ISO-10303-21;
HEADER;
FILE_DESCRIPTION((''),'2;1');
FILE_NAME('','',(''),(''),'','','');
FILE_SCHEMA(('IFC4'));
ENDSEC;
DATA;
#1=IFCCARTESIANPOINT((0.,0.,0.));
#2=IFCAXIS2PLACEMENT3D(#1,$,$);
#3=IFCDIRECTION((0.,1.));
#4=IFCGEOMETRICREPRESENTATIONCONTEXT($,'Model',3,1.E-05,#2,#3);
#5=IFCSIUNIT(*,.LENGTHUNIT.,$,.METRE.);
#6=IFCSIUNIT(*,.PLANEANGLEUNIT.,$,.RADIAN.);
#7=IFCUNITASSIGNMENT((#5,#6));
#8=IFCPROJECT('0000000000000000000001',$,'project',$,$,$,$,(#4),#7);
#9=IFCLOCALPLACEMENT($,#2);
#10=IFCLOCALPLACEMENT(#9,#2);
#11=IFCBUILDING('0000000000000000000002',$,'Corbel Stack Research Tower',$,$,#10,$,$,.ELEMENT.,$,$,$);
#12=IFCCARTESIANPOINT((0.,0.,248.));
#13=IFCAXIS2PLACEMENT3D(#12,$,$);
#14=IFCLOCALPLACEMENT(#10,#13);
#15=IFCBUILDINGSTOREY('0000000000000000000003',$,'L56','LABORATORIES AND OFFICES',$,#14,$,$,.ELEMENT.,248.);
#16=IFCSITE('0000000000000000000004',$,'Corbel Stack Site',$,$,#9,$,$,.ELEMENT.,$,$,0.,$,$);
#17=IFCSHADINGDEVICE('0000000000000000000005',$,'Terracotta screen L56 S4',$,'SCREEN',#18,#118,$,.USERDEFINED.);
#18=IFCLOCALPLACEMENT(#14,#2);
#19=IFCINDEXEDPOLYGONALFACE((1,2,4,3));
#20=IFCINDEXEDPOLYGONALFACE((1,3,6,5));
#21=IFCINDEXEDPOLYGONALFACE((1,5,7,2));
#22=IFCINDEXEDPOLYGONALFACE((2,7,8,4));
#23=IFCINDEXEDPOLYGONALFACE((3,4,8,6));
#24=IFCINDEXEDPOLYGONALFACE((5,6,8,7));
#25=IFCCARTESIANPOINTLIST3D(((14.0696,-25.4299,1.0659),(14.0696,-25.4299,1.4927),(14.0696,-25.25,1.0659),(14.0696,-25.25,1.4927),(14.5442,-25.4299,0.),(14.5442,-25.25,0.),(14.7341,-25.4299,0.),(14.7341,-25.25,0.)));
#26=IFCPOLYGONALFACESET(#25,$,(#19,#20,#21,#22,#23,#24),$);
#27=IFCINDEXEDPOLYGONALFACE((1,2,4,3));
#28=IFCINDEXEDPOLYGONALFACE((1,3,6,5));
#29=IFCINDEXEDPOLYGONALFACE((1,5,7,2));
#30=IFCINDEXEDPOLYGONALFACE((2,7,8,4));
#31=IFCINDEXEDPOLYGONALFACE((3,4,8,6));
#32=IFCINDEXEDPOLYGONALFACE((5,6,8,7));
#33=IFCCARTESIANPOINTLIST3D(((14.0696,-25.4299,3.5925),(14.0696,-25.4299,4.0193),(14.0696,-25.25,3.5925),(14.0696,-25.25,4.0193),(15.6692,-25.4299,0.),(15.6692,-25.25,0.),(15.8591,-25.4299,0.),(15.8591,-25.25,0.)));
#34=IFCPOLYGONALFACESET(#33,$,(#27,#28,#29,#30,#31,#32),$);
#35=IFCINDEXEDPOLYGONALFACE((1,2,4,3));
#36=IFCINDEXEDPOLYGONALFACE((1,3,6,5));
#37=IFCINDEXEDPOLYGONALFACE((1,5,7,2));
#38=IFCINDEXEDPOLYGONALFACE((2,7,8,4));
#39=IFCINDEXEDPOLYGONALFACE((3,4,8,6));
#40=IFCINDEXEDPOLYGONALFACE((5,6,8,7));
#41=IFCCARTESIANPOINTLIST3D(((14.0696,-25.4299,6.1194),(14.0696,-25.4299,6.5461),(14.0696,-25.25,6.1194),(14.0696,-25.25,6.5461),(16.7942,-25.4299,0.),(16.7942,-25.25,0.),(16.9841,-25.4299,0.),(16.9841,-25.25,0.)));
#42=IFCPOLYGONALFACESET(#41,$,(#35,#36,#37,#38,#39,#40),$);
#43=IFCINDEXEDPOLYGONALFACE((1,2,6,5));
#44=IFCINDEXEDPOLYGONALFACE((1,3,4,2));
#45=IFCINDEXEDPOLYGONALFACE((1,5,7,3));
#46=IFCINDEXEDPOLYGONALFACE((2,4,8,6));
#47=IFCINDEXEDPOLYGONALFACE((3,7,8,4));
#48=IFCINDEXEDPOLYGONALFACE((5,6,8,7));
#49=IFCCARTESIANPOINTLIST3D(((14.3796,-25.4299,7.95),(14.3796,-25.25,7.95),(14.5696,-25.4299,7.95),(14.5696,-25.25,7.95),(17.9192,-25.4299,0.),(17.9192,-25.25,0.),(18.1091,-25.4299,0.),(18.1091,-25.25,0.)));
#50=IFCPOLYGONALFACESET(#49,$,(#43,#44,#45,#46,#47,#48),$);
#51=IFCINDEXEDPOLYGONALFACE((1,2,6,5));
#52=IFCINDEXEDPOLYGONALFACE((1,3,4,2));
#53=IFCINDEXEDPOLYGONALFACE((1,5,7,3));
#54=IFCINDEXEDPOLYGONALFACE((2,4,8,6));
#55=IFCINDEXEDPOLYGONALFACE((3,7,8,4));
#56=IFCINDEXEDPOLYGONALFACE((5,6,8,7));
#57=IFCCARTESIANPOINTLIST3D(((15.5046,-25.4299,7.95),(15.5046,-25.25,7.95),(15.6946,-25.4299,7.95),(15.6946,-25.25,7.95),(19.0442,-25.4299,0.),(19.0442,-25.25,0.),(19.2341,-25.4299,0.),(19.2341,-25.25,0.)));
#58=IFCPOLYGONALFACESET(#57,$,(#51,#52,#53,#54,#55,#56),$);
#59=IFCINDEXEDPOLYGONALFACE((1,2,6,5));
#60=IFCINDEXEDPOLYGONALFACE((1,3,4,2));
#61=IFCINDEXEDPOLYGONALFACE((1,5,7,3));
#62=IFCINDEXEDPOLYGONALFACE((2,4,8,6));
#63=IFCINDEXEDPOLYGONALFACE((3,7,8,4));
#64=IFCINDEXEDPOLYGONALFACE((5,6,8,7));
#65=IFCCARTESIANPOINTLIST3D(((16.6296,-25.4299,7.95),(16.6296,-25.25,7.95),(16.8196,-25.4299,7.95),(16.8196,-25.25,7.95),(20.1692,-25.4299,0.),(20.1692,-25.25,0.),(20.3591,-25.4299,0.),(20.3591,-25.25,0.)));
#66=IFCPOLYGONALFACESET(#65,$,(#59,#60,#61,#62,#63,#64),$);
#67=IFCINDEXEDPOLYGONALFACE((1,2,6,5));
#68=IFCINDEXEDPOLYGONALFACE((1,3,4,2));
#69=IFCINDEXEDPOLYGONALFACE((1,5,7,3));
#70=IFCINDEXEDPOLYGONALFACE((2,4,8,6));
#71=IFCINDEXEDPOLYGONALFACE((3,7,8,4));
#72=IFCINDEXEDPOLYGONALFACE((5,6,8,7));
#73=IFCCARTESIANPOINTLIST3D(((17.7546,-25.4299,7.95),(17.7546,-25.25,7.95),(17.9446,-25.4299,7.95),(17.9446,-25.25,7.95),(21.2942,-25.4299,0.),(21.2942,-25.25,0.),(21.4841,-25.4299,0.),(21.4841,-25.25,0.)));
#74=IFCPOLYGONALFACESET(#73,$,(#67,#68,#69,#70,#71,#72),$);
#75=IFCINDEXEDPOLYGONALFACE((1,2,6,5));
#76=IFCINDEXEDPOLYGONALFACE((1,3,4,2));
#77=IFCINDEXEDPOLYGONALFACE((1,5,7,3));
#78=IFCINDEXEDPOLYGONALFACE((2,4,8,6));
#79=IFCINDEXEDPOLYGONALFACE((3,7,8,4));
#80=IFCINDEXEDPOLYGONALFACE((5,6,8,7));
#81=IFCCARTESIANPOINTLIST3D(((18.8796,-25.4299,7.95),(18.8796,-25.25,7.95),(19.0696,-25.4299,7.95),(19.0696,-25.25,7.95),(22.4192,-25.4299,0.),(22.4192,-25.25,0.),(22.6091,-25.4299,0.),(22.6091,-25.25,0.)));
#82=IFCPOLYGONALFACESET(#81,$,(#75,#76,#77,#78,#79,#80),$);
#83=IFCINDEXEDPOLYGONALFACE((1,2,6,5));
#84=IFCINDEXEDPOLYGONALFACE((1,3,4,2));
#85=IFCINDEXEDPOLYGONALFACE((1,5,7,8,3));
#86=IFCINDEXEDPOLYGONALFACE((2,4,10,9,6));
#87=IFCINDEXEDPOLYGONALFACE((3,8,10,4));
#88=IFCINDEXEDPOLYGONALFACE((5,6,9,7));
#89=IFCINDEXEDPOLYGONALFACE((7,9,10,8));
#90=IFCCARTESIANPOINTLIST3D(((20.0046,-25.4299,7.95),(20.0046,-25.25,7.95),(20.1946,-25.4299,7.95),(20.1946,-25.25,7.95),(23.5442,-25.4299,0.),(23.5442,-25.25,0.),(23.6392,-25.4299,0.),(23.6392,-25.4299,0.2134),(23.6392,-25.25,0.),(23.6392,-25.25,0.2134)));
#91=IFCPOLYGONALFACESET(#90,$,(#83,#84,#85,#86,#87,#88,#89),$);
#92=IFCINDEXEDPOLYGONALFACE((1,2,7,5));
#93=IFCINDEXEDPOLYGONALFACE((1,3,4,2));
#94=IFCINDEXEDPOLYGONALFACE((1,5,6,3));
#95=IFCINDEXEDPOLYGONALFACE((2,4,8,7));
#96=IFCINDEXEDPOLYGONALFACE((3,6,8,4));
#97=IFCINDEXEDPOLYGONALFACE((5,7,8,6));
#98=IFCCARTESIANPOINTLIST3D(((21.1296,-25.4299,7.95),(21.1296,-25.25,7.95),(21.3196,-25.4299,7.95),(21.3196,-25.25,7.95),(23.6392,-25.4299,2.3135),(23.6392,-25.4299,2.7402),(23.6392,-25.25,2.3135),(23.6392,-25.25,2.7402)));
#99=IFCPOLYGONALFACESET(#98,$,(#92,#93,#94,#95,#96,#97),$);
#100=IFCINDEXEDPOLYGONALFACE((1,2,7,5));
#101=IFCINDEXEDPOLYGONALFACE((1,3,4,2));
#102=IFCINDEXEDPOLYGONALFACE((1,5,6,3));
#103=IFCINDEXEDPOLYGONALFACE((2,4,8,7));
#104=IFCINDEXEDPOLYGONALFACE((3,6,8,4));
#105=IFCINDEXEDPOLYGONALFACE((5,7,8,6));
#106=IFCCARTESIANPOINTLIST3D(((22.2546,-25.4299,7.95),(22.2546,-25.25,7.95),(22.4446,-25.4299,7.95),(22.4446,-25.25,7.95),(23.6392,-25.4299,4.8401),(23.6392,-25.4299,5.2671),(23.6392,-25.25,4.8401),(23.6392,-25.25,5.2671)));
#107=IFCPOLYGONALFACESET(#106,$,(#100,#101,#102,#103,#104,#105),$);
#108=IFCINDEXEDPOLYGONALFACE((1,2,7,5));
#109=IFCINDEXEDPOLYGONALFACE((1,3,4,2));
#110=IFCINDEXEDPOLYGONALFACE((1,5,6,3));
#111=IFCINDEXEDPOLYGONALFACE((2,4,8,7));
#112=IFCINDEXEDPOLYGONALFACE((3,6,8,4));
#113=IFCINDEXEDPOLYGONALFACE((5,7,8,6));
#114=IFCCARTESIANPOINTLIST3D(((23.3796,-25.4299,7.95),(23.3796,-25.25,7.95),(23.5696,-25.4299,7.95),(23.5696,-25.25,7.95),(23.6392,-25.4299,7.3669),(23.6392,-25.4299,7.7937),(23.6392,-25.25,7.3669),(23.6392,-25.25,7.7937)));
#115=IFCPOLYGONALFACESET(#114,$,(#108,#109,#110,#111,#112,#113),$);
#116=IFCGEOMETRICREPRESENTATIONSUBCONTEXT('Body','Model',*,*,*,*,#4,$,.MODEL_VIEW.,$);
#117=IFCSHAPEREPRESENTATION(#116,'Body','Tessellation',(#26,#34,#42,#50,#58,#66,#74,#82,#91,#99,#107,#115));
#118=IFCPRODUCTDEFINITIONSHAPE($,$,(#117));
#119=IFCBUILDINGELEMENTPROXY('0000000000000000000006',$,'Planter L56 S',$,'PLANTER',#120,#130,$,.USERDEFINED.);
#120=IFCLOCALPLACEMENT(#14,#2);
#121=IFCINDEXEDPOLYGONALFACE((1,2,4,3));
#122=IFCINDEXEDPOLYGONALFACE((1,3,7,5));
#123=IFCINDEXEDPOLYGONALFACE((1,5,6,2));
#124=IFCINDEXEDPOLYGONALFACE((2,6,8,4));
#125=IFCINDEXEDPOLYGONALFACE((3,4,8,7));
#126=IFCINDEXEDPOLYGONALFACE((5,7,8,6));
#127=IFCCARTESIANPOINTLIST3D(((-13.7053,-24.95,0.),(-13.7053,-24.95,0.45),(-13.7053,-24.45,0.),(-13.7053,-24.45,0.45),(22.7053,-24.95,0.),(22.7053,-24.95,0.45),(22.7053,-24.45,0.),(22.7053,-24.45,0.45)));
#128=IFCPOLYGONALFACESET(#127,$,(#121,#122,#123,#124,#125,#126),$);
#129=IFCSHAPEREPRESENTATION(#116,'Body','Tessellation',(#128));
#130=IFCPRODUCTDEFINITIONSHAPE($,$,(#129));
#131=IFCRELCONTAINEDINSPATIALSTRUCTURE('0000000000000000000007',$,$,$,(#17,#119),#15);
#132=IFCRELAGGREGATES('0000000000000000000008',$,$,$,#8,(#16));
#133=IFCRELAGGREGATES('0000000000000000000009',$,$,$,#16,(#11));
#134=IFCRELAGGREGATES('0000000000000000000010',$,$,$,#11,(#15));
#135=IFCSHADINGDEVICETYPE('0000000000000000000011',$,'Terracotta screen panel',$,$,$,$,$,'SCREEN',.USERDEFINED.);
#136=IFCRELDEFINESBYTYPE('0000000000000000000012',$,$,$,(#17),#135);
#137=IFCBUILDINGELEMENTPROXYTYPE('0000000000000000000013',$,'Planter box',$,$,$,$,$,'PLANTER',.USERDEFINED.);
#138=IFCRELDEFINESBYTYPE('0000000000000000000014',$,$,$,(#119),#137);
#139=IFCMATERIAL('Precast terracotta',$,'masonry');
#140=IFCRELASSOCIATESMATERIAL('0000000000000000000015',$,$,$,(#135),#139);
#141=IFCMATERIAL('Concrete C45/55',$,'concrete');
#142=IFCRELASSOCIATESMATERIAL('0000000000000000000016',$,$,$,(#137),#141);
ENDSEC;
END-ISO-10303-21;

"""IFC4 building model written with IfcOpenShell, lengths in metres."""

from ifc_helpers import new_model, si_unit, direction, frame, origin, origin_2d, place, context, subcontext, project, spatial, polyline, rectangle, outline, extrude, source, transform, mapped, material, type_object, element, save


model = new_model("IFC4")

# Units and contexts
model_context = context("Model", 3, precision=1e-05, world=origin(), true_north=direction((0.0, 1.0)))
body_context = subcontext(model_context, "Body", "Model", "MODEL_VIEW")
ifc_project = project(units=[si_unit("LENGTHUNIT", "METRE"), si_unit("PLANEANGLEUNIT", "RADIAN")], contexts=[model_context])

# Site, building, storey
site_placement = place(None, origin())
site = spatial("IfcSite", under=ifc_project, at=site_placement, Name="Corbel Stack Site", CompositionType="ELEMENT", RefElevation=0.0)
building_placement = place(site_placement, origin())
building = spatial("IfcBuilding", under=site, at=building_placement, Name="Corbel Stack Research Tower", CompositionType="ELEMENT")
storey_placement = place(building_placement, frame((0.0, 0.0, 248.0)))
storey = spatial("IfcBuildingStorey", under=building, at=storey_placement, Name="L56", Description="LABORATORIES AND OFFICES", CompositionType="ELEMENT", Elevation=248.0)

# Shading device
ifc_material_1 = material(Name="Precast terracotta", Category="masonry")
shading_device_type = type_object("IfcShadingDeviceType", Name="Terracotta screen panel", ElementType="SCREEN", PredefinedType="USERDEFINED", material=ifc_material_1)
shared_shape_1 = source(origin(), body_context, "Body", "SweptSolid", [
    extrude(outline(polyline([(0.6646, 0.0), (0.0, 1.4927), (0.0, 1.0659), (0.4746, 0.0), (0.6646, 0.0)])), frame((0.0, 0.0, 0.0), z_axis=(0.0, -1.0, 0.0), x_axis=(1.0, 0.0, 0.0)), (0.0, 0.0, 1.0), 0.1799),
    extrude(outline(polyline([(1.7896, 0.0), (0.0, 4.0193), (0.0, 3.5925), (1.5996, 0.0), (1.7896, 0.0)])), frame((0.0, 0.0, 0.0), z_axis=(0.0, -1.0, 0.0), x_axis=(1.0, 0.0, 0.0)), (0.0, 0.0, 1.0), 0.1799),
    extrude(outline(polyline([(2.9146, 0.0), (0.0, 6.5461), (0.0, 6.1194), (2.7246, 0.0), (2.9146, 0.0)])), frame((0.0, 0.0, 0.0), z_axis=(0.0, -1.0, 0.0), x_axis=(1.0, 0.0, 0.0)), (0.0, 0.0, 1.0), 0.1799),
    extrude(outline(polyline([(4.0396, 0.0), (0.5, 7.95), (0.3101, 7.95), (3.8496, 0.0), (4.0396, 0.0)])), frame((0.0, 0.0, 0.0), z_axis=(0.0, -1.0, 0.0), x_axis=(1.0, 0.0, 0.0)), (0.0, 0.0, 1.0), 0.1799),
    extrude(outline(polyline([(5.1646, 0.0), (1.625, 7.95), (1.4351, 7.95), (4.9746, 0.0), (5.1646, 0.0)])), frame((0.0, 0.0, 0.0), z_axis=(0.0, -1.0, 0.0), x_axis=(1.0, 0.0, 0.0)), (0.0, 0.0, 1.0), 0.1799),
    extrude(outline(polyline([(6.2896, 0.0), (2.75, 7.95), (2.5601, 7.95), (6.0996, 0.0), (6.2896, 0.0)])), frame((0.0, 0.0, 0.0), z_axis=(0.0, -1.0, 0.0), x_axis=(1.0, 0.0, 0.0)), (0.0, 0.0, 1.0), 0.1799),
    extrude(outline(polyline([(7.4146, 0.0), (3.875, 7.95), (3.6851, 7.95), (7.2246, 0.0), (7.4146, 0.0)])), frame((0.0, 0.0, 0.0), z_axis=(0.0, -1.0, 0.0), x_axis=(1.0, 0.0, 0.0)), (0.0, 0.0, 1.0), 0.1799),
    extrude(outline(polyline([(8.5396, 0.0), (5.0, 7.95), (4.8101, 7.95), (8.3496, 0.0), (8.5396, 0.0)])), frame((0.0, 0.0, 0.0), z_axis=(0.0, -1.0, 0.0), x_axis=(1.0, 0.0, 0.0)), (0.0, 0.0, 1.0), 0.1799),
    extrude(outline(polyline([(9.5696, 0.0), (9.5696, 0.2134), (6.125, 7.95), (5.9351, 7.95), (9.4746, 0.0), (9.5696, 0.0)])), frame((0.0, 0.0, 0.0), z_axis=(0.0, -1.0, 0.0), x_axis=(1.0, 0.0, 0.0)), (0.0, 0.0, 1.0), 0.1799),
    extrude(outline(polyline([(7.25, 7.95), (7.0601, 7.95), (9.5696, 2.3135), (9.5696, 2.7402), (7.25, 7.95)])), frame((0.0, 0.0, 0.0), z_axis=(0.0, -1.0, 0.0), x_axis=(1.0, 0.0, 0.0)), (0.0, 0.0, 1.0), 0.1799),
    extrude(outline(polyline([(8.375, 7.95), (8.1851, 7.95), (9.5696, 4.8401), (9.5696, 5.2671), (8.375, 7.95)])), frame((0.0, 0.0, 0.0), z_axis=(0.0, -1.0, 0.0), x_axis=(1.0, 0.0, 0.0)), (0.0, 0.0, 1.0), 0.1799),
    extrude(outline(polyline([(9.5, 7.95), (9.3101, 7.95), (9.5696, 7.3669), (9.5696, 7.7937), (9.5, 7.95)])), frame((0.0, 0.0, 0.0), z_axis=(0.0, -1.0, 0.0), x_axis=(1.0, 0.0, 0.0)), (0.0, 0.0, 1.0), 0.1799),
])
shading_device_1_placement = place(storey_placement, frame((14.0696, -25.25, 0.0), z_axis=(0.0, 0.0, 1.0), x_axis=(1.0, 0.0, 0.0)))
element("IfcShadingDevice", 1, at=shading_device_1_placement, inside=storey, type_object=shading_device_type, Name="Terracotta screen L56 S4", ObjectType="SCREEN", PredefinedType="USERDEFINED", context=body_context, shape_type="MappedRepresentation", body=[
    mapped(shared_shape_1, transform((0.0, 0.0, 0.0))),
])

# Building element proxy
ifc_material_2 = material(Name="Concrete C45/55", Category="concrete")
building_element_proxy_type = type_object("IfcBuildingElementProxyType", Name="Planter box", ElementType="PLANTER", PredefinedType="USERDEFINED", material=ifc_material_2)
proxy_placement = place(storey_placement, frame((4.5, -24.7, 0.0), z_axis=(0.0, 0.0, 1.0), x_axis=(1.0, 0.0, 0.0)))
element("IfcBuildingElementProxy", 2, at=proxy_placement, inside=storey, type_object=building_element_proxy_type, Name="Planter L56 S", ObjectType="PLANTER", PredefinedType="USERDEFINED", context=body_context, shape_type="SweptSolid", body=[
    extrude(rectangle(XDim=36.4106, YDim=0.5, at=origin_2d()), origin(), (0.0, 0.0, 1.0), 0.45),
])

save(model, "model.ifc")
